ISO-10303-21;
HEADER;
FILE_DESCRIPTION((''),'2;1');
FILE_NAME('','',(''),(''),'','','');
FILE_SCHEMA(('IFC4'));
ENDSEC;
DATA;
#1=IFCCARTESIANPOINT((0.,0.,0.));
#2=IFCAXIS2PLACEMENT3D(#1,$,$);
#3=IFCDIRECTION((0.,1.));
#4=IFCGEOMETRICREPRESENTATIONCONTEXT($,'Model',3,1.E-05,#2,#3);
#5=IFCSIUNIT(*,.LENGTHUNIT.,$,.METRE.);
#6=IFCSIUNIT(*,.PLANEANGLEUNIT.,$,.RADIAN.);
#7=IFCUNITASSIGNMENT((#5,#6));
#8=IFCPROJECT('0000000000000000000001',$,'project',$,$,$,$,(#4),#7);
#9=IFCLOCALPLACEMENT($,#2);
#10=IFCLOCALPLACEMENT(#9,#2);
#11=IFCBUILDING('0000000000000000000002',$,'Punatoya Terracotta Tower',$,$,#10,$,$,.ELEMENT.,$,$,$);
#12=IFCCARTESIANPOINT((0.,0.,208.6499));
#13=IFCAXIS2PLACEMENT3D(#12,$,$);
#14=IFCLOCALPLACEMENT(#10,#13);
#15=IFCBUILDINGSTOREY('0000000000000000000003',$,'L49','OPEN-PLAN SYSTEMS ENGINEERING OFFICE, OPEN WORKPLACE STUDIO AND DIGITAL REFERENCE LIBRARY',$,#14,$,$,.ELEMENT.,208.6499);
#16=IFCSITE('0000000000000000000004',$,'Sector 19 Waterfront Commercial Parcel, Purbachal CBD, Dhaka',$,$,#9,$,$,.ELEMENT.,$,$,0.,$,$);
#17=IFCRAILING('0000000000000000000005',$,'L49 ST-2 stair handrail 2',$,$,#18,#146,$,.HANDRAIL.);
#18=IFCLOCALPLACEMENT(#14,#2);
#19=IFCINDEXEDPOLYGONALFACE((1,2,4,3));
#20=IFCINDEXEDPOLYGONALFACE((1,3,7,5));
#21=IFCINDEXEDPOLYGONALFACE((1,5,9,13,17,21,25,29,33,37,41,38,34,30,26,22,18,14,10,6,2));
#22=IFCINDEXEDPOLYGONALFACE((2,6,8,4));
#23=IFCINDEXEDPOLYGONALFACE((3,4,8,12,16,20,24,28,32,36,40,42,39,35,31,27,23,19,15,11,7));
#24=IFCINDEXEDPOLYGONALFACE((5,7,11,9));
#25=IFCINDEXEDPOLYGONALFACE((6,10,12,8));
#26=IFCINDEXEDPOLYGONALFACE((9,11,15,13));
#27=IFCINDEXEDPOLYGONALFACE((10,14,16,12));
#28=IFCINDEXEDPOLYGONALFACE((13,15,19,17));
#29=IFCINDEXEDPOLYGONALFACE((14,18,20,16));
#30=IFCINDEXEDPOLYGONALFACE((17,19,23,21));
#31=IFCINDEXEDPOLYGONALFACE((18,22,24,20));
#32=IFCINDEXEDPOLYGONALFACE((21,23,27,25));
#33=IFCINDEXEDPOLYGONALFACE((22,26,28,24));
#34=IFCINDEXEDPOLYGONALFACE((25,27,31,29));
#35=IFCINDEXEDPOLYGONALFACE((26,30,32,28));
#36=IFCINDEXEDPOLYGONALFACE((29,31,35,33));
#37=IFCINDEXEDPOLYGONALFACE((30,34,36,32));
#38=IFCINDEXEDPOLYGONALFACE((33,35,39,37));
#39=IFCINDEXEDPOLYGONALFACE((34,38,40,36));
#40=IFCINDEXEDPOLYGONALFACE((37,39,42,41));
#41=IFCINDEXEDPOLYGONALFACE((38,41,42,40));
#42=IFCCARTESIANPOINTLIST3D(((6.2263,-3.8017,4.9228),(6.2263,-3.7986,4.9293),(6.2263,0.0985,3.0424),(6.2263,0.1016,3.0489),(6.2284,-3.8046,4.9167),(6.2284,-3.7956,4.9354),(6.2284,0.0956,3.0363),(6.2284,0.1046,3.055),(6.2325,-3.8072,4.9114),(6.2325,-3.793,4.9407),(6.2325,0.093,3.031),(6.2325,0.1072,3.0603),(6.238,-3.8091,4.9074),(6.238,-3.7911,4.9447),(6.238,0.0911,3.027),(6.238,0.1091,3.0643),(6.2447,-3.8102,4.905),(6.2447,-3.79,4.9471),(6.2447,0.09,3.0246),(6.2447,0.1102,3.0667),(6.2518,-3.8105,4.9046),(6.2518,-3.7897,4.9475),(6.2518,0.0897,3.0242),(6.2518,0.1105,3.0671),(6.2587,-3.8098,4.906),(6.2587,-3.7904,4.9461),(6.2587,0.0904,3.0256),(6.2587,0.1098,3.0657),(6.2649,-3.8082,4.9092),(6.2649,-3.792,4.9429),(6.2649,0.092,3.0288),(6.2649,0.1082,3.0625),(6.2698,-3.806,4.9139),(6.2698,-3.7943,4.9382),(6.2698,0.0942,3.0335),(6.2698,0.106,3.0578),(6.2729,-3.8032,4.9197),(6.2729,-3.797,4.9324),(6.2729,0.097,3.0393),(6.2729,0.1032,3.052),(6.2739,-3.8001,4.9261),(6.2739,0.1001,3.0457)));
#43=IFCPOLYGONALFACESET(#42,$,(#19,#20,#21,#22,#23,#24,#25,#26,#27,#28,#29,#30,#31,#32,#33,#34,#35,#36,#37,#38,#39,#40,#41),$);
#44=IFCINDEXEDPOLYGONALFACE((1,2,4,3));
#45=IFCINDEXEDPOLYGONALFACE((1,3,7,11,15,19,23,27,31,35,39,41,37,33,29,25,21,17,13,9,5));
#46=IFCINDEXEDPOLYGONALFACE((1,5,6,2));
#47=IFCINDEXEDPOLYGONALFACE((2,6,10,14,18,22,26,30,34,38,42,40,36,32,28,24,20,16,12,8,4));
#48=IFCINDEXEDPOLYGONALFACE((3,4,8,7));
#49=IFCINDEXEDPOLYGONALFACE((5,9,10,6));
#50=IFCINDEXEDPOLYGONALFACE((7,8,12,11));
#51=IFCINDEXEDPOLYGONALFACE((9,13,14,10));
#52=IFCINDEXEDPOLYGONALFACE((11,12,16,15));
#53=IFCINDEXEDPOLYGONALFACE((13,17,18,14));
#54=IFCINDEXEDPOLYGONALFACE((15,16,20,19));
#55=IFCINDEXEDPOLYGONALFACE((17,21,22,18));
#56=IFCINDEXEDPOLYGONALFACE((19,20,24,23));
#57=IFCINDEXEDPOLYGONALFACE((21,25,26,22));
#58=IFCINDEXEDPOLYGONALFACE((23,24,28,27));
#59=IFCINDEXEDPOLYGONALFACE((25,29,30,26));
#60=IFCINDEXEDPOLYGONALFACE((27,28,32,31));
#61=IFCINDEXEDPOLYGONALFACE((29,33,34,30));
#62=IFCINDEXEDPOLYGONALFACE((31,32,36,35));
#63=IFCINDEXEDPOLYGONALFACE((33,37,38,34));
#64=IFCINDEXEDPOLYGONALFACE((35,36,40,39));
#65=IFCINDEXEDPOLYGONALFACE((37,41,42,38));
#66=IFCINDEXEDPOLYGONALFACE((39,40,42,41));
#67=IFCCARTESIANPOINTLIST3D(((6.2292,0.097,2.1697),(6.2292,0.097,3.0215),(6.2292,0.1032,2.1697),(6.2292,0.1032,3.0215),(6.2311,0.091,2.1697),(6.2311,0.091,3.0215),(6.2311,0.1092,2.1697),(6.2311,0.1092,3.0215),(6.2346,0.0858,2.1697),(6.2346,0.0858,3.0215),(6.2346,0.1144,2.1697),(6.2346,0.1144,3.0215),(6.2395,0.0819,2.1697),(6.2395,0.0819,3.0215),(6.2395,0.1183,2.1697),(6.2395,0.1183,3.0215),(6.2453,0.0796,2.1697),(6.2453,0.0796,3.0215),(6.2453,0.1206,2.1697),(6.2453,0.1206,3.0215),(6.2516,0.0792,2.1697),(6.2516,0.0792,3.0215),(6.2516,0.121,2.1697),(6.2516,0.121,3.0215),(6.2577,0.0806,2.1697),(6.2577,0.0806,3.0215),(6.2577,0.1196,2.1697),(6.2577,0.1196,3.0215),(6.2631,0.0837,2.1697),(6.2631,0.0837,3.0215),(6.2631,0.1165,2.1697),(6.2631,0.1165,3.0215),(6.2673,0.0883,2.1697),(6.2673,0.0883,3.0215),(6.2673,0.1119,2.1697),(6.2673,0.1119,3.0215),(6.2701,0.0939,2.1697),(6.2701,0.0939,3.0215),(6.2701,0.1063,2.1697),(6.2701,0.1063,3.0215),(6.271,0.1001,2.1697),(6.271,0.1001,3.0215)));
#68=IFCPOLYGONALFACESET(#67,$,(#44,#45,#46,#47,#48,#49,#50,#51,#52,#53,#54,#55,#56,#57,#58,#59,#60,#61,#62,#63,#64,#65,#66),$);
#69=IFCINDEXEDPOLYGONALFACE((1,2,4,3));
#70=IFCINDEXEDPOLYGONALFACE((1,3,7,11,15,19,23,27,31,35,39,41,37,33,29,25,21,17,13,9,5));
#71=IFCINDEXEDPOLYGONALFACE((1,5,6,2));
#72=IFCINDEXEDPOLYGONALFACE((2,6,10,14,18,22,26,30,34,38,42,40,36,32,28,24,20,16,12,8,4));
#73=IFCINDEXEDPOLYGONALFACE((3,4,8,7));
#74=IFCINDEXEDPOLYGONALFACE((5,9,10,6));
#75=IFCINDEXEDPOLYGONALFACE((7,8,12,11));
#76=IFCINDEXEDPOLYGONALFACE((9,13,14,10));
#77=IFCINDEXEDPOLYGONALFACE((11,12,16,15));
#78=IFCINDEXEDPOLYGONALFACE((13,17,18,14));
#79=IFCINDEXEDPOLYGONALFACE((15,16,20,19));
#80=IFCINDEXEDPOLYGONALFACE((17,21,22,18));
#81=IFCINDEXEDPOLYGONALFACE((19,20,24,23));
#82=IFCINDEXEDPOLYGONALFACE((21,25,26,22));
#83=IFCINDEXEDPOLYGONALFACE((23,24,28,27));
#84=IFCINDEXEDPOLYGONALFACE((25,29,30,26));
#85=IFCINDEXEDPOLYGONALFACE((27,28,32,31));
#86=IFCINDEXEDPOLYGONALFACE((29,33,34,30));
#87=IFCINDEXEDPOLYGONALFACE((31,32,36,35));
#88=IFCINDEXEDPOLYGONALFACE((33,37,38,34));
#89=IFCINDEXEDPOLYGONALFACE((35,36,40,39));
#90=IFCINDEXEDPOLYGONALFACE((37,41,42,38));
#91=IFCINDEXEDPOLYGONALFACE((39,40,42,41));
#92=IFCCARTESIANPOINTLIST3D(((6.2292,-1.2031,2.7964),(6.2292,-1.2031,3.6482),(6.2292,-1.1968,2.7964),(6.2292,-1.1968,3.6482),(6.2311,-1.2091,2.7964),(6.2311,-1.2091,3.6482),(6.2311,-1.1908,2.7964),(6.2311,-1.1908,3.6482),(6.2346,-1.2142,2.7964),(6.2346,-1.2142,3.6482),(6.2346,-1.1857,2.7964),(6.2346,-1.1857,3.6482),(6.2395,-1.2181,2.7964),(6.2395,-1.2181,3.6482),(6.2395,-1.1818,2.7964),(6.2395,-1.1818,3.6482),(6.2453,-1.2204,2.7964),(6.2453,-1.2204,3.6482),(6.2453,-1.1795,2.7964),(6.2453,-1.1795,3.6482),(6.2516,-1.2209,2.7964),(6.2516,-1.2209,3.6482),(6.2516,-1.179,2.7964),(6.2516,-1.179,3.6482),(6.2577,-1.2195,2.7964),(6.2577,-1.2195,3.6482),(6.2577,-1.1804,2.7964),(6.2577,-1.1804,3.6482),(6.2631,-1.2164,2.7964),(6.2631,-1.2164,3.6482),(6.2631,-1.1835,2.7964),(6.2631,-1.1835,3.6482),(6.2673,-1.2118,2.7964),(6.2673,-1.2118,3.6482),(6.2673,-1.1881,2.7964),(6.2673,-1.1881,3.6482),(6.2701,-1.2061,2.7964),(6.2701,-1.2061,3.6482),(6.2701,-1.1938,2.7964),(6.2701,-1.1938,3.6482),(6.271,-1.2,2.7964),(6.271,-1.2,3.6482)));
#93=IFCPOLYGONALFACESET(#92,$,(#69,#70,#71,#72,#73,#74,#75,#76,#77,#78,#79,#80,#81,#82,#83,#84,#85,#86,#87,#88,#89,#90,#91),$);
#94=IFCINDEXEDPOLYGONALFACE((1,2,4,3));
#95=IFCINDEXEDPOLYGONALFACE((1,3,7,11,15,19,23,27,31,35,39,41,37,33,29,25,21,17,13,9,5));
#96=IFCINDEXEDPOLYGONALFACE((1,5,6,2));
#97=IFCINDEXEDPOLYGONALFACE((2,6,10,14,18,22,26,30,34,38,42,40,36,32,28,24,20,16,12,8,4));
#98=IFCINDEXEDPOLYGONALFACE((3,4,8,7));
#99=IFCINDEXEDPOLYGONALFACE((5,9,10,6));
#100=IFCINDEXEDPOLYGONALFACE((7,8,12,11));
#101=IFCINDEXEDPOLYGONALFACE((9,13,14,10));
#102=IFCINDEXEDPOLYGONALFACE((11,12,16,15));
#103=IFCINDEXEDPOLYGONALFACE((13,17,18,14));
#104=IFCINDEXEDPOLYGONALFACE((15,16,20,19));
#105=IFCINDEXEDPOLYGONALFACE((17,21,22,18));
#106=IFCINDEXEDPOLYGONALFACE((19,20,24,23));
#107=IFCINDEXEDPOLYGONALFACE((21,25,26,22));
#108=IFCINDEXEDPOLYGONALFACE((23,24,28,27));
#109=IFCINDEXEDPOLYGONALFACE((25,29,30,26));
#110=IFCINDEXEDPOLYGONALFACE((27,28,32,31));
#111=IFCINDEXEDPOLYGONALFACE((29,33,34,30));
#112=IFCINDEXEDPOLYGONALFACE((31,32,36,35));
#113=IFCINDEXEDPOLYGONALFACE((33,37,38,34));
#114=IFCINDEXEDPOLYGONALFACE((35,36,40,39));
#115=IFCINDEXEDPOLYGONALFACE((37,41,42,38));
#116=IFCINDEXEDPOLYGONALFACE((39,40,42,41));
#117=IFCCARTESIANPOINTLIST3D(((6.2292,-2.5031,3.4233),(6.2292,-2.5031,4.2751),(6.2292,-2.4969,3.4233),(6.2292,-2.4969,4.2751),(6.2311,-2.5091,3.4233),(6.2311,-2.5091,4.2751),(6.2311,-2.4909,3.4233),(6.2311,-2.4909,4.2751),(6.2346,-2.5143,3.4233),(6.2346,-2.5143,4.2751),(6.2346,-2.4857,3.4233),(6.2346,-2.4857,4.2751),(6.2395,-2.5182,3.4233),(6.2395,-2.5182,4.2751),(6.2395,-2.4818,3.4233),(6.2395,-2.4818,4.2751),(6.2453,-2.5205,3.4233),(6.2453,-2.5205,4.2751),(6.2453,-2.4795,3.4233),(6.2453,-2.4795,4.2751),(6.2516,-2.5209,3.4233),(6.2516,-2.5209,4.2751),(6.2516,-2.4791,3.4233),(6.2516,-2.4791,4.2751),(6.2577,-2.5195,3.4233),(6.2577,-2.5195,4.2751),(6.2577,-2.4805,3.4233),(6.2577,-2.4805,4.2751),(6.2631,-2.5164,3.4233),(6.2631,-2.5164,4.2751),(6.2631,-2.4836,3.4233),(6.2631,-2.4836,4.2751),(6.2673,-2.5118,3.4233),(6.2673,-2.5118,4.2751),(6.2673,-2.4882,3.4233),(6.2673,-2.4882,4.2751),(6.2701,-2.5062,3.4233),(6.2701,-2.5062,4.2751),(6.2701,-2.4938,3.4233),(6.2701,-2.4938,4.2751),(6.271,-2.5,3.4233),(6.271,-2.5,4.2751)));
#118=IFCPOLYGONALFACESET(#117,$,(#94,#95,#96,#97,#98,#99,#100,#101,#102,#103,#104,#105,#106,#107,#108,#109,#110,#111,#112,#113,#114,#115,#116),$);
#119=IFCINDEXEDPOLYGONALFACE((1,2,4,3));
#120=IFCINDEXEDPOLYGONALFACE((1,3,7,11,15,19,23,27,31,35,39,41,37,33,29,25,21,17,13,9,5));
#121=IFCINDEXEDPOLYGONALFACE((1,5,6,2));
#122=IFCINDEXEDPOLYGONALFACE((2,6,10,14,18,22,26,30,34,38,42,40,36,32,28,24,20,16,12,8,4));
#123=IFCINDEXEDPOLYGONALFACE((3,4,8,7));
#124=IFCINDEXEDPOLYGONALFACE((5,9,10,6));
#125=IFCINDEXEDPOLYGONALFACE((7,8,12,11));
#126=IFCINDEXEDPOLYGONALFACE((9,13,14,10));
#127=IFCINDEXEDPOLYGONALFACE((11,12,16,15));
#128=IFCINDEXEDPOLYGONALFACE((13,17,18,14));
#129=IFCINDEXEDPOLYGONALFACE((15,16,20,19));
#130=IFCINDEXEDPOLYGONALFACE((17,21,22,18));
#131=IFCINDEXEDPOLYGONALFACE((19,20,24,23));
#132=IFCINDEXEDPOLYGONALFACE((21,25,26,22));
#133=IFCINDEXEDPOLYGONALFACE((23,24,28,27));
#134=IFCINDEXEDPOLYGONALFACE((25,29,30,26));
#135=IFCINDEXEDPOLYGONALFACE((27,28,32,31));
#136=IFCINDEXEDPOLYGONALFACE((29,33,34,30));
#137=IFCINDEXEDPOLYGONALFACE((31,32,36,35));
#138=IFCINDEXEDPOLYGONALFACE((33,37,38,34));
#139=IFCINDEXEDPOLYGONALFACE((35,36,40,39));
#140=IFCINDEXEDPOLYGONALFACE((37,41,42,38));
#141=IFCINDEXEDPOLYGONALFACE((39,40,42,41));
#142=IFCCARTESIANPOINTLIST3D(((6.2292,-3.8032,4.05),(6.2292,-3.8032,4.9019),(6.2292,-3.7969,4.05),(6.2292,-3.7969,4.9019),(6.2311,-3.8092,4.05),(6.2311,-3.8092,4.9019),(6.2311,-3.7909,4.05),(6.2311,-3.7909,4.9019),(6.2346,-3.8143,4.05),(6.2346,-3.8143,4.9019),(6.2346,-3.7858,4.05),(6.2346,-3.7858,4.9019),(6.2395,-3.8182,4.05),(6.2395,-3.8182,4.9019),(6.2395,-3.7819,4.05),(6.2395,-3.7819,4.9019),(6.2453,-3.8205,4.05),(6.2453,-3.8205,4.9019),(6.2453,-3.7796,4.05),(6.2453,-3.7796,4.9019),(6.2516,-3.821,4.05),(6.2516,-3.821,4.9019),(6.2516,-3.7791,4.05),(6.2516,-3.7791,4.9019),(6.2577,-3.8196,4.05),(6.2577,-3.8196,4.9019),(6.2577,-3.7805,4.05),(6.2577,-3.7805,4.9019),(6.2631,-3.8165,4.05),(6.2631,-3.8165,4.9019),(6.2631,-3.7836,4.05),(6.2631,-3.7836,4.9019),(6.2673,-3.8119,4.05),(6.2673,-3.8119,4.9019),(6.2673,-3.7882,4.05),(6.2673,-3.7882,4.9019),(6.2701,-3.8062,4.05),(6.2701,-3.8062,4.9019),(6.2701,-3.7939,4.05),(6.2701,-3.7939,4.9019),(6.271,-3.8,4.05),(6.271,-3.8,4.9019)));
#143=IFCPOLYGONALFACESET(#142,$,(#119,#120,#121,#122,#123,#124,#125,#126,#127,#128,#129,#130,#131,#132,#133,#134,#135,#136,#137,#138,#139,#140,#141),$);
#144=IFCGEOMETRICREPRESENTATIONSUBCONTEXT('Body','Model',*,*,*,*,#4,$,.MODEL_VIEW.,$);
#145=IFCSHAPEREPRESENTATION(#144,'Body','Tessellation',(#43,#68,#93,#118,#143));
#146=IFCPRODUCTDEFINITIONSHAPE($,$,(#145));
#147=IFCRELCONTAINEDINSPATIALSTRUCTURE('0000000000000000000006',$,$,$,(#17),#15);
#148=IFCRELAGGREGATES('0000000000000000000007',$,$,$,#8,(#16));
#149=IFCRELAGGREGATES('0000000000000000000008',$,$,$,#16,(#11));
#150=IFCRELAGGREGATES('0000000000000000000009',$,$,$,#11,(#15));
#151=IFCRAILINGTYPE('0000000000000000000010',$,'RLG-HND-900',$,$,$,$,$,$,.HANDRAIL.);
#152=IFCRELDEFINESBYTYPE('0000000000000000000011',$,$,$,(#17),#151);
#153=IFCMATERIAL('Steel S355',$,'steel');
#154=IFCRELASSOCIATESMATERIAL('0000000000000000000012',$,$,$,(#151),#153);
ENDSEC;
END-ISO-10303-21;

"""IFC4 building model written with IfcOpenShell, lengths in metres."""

from ifc_helpers import new_model, si_unit, direction, frame, origin, origin_2d, place, context, subcontext, project, spatial, circle, extrude, material, type_object, element, save


model = new_model("IFC4")

# Units and contexts
model_context = context("Model", 3, precision=1e-05, world=origin(), true_north=direction((0.0, 1.0)))
body_context = subcontext(model_context, "Body", "Model", "MODEL_VIEW")
ifc_project = project(units=[si_unit("LENGTHUNIT", "METRE"), si_unit("PLANEANGLEUNIT", "RADIAN")], contexts=[model_context])

# Site, building, storey
site_placement = place(None, origin())
site = spatial("IfcSite", under=ifc_project, at=site_placement, Name="Sector 19 Waterfront Commercial Parcel, Purbachal CBD, Dhaka", CompositionType="ELEMENT", RefElevation=0.0)
building_placement = place(site_placement, origin())
building = spatial("IfcBuilding", under=site, at=building_placement, Name="Punatoya Terracotta Tower", CompositionType="ELEMENT")
storey_placement = place(building_placement, frame((0.0, 0.0, 208.6499)))
storey = spatial("IfcBuildingStorey", under=building, at=storey_placement, Name="L49", Description="OPEN-PLAN SYSTEMS ENGINEERING OFFICE, OPEN WORKPLACE STUDIO AND DIGITAL REFERENCE LIBRARY", CompositionType="ELEMENT", Elevation=208.6499)

# Shared definitions
ifc_material_1 = material(Name="Steel S355", Category="steel")

# Railing
railing_type_1 = type_object("IfcRailingType", Name="RLG-HND-900", PredefinedType="HANDRAIL", material=ifc_material_1)
railing_1_placement = place(storey_placement, frame((6.25, 0.1001, 2.1697)))
element("IfcRailing", 1, at=railing_1_placement, inside=storey, type_object=railing_type_1, Name="L49 ST-2 stair handrail 2", PredefinedType="HANDRAIL", context=body_context, shape_type="SweptSolid", body=[
    extrude(circle(Radius=0.0239, at=origin_2d()), frame((0.0, 0.0, 0.876), z_axis=(0.0, -0.900774, 0.434289), x_axis=(1.0, 0.0, 0.0)), (0.0, 0.0, 1.0), 4.3298),
    extrude(circle(Radius=0.021, at=origin_2d()), origin(), (0.0, 0.0, 1.0), 0.8518),
    extrude(circle(Radius=0.021, at=origin_2d()), frame((0.0, -1.3, 0.6267)), (0.0, 0.0, 1.0), 0.8518),
    extrude(circle(Radius=0.021, at=origin_2d()), frame((0.0, -2.6001, 1.2537)), (0.0, 0.0, 1.0), 0.8518),
    extrude(circle(Radius=0.021, at=origin_2d()), frame((0.0, -3.9001, 1.8804)), (0.0, 0.0, 1.0), 0.8518),
])

save(model, "model.ifc")
